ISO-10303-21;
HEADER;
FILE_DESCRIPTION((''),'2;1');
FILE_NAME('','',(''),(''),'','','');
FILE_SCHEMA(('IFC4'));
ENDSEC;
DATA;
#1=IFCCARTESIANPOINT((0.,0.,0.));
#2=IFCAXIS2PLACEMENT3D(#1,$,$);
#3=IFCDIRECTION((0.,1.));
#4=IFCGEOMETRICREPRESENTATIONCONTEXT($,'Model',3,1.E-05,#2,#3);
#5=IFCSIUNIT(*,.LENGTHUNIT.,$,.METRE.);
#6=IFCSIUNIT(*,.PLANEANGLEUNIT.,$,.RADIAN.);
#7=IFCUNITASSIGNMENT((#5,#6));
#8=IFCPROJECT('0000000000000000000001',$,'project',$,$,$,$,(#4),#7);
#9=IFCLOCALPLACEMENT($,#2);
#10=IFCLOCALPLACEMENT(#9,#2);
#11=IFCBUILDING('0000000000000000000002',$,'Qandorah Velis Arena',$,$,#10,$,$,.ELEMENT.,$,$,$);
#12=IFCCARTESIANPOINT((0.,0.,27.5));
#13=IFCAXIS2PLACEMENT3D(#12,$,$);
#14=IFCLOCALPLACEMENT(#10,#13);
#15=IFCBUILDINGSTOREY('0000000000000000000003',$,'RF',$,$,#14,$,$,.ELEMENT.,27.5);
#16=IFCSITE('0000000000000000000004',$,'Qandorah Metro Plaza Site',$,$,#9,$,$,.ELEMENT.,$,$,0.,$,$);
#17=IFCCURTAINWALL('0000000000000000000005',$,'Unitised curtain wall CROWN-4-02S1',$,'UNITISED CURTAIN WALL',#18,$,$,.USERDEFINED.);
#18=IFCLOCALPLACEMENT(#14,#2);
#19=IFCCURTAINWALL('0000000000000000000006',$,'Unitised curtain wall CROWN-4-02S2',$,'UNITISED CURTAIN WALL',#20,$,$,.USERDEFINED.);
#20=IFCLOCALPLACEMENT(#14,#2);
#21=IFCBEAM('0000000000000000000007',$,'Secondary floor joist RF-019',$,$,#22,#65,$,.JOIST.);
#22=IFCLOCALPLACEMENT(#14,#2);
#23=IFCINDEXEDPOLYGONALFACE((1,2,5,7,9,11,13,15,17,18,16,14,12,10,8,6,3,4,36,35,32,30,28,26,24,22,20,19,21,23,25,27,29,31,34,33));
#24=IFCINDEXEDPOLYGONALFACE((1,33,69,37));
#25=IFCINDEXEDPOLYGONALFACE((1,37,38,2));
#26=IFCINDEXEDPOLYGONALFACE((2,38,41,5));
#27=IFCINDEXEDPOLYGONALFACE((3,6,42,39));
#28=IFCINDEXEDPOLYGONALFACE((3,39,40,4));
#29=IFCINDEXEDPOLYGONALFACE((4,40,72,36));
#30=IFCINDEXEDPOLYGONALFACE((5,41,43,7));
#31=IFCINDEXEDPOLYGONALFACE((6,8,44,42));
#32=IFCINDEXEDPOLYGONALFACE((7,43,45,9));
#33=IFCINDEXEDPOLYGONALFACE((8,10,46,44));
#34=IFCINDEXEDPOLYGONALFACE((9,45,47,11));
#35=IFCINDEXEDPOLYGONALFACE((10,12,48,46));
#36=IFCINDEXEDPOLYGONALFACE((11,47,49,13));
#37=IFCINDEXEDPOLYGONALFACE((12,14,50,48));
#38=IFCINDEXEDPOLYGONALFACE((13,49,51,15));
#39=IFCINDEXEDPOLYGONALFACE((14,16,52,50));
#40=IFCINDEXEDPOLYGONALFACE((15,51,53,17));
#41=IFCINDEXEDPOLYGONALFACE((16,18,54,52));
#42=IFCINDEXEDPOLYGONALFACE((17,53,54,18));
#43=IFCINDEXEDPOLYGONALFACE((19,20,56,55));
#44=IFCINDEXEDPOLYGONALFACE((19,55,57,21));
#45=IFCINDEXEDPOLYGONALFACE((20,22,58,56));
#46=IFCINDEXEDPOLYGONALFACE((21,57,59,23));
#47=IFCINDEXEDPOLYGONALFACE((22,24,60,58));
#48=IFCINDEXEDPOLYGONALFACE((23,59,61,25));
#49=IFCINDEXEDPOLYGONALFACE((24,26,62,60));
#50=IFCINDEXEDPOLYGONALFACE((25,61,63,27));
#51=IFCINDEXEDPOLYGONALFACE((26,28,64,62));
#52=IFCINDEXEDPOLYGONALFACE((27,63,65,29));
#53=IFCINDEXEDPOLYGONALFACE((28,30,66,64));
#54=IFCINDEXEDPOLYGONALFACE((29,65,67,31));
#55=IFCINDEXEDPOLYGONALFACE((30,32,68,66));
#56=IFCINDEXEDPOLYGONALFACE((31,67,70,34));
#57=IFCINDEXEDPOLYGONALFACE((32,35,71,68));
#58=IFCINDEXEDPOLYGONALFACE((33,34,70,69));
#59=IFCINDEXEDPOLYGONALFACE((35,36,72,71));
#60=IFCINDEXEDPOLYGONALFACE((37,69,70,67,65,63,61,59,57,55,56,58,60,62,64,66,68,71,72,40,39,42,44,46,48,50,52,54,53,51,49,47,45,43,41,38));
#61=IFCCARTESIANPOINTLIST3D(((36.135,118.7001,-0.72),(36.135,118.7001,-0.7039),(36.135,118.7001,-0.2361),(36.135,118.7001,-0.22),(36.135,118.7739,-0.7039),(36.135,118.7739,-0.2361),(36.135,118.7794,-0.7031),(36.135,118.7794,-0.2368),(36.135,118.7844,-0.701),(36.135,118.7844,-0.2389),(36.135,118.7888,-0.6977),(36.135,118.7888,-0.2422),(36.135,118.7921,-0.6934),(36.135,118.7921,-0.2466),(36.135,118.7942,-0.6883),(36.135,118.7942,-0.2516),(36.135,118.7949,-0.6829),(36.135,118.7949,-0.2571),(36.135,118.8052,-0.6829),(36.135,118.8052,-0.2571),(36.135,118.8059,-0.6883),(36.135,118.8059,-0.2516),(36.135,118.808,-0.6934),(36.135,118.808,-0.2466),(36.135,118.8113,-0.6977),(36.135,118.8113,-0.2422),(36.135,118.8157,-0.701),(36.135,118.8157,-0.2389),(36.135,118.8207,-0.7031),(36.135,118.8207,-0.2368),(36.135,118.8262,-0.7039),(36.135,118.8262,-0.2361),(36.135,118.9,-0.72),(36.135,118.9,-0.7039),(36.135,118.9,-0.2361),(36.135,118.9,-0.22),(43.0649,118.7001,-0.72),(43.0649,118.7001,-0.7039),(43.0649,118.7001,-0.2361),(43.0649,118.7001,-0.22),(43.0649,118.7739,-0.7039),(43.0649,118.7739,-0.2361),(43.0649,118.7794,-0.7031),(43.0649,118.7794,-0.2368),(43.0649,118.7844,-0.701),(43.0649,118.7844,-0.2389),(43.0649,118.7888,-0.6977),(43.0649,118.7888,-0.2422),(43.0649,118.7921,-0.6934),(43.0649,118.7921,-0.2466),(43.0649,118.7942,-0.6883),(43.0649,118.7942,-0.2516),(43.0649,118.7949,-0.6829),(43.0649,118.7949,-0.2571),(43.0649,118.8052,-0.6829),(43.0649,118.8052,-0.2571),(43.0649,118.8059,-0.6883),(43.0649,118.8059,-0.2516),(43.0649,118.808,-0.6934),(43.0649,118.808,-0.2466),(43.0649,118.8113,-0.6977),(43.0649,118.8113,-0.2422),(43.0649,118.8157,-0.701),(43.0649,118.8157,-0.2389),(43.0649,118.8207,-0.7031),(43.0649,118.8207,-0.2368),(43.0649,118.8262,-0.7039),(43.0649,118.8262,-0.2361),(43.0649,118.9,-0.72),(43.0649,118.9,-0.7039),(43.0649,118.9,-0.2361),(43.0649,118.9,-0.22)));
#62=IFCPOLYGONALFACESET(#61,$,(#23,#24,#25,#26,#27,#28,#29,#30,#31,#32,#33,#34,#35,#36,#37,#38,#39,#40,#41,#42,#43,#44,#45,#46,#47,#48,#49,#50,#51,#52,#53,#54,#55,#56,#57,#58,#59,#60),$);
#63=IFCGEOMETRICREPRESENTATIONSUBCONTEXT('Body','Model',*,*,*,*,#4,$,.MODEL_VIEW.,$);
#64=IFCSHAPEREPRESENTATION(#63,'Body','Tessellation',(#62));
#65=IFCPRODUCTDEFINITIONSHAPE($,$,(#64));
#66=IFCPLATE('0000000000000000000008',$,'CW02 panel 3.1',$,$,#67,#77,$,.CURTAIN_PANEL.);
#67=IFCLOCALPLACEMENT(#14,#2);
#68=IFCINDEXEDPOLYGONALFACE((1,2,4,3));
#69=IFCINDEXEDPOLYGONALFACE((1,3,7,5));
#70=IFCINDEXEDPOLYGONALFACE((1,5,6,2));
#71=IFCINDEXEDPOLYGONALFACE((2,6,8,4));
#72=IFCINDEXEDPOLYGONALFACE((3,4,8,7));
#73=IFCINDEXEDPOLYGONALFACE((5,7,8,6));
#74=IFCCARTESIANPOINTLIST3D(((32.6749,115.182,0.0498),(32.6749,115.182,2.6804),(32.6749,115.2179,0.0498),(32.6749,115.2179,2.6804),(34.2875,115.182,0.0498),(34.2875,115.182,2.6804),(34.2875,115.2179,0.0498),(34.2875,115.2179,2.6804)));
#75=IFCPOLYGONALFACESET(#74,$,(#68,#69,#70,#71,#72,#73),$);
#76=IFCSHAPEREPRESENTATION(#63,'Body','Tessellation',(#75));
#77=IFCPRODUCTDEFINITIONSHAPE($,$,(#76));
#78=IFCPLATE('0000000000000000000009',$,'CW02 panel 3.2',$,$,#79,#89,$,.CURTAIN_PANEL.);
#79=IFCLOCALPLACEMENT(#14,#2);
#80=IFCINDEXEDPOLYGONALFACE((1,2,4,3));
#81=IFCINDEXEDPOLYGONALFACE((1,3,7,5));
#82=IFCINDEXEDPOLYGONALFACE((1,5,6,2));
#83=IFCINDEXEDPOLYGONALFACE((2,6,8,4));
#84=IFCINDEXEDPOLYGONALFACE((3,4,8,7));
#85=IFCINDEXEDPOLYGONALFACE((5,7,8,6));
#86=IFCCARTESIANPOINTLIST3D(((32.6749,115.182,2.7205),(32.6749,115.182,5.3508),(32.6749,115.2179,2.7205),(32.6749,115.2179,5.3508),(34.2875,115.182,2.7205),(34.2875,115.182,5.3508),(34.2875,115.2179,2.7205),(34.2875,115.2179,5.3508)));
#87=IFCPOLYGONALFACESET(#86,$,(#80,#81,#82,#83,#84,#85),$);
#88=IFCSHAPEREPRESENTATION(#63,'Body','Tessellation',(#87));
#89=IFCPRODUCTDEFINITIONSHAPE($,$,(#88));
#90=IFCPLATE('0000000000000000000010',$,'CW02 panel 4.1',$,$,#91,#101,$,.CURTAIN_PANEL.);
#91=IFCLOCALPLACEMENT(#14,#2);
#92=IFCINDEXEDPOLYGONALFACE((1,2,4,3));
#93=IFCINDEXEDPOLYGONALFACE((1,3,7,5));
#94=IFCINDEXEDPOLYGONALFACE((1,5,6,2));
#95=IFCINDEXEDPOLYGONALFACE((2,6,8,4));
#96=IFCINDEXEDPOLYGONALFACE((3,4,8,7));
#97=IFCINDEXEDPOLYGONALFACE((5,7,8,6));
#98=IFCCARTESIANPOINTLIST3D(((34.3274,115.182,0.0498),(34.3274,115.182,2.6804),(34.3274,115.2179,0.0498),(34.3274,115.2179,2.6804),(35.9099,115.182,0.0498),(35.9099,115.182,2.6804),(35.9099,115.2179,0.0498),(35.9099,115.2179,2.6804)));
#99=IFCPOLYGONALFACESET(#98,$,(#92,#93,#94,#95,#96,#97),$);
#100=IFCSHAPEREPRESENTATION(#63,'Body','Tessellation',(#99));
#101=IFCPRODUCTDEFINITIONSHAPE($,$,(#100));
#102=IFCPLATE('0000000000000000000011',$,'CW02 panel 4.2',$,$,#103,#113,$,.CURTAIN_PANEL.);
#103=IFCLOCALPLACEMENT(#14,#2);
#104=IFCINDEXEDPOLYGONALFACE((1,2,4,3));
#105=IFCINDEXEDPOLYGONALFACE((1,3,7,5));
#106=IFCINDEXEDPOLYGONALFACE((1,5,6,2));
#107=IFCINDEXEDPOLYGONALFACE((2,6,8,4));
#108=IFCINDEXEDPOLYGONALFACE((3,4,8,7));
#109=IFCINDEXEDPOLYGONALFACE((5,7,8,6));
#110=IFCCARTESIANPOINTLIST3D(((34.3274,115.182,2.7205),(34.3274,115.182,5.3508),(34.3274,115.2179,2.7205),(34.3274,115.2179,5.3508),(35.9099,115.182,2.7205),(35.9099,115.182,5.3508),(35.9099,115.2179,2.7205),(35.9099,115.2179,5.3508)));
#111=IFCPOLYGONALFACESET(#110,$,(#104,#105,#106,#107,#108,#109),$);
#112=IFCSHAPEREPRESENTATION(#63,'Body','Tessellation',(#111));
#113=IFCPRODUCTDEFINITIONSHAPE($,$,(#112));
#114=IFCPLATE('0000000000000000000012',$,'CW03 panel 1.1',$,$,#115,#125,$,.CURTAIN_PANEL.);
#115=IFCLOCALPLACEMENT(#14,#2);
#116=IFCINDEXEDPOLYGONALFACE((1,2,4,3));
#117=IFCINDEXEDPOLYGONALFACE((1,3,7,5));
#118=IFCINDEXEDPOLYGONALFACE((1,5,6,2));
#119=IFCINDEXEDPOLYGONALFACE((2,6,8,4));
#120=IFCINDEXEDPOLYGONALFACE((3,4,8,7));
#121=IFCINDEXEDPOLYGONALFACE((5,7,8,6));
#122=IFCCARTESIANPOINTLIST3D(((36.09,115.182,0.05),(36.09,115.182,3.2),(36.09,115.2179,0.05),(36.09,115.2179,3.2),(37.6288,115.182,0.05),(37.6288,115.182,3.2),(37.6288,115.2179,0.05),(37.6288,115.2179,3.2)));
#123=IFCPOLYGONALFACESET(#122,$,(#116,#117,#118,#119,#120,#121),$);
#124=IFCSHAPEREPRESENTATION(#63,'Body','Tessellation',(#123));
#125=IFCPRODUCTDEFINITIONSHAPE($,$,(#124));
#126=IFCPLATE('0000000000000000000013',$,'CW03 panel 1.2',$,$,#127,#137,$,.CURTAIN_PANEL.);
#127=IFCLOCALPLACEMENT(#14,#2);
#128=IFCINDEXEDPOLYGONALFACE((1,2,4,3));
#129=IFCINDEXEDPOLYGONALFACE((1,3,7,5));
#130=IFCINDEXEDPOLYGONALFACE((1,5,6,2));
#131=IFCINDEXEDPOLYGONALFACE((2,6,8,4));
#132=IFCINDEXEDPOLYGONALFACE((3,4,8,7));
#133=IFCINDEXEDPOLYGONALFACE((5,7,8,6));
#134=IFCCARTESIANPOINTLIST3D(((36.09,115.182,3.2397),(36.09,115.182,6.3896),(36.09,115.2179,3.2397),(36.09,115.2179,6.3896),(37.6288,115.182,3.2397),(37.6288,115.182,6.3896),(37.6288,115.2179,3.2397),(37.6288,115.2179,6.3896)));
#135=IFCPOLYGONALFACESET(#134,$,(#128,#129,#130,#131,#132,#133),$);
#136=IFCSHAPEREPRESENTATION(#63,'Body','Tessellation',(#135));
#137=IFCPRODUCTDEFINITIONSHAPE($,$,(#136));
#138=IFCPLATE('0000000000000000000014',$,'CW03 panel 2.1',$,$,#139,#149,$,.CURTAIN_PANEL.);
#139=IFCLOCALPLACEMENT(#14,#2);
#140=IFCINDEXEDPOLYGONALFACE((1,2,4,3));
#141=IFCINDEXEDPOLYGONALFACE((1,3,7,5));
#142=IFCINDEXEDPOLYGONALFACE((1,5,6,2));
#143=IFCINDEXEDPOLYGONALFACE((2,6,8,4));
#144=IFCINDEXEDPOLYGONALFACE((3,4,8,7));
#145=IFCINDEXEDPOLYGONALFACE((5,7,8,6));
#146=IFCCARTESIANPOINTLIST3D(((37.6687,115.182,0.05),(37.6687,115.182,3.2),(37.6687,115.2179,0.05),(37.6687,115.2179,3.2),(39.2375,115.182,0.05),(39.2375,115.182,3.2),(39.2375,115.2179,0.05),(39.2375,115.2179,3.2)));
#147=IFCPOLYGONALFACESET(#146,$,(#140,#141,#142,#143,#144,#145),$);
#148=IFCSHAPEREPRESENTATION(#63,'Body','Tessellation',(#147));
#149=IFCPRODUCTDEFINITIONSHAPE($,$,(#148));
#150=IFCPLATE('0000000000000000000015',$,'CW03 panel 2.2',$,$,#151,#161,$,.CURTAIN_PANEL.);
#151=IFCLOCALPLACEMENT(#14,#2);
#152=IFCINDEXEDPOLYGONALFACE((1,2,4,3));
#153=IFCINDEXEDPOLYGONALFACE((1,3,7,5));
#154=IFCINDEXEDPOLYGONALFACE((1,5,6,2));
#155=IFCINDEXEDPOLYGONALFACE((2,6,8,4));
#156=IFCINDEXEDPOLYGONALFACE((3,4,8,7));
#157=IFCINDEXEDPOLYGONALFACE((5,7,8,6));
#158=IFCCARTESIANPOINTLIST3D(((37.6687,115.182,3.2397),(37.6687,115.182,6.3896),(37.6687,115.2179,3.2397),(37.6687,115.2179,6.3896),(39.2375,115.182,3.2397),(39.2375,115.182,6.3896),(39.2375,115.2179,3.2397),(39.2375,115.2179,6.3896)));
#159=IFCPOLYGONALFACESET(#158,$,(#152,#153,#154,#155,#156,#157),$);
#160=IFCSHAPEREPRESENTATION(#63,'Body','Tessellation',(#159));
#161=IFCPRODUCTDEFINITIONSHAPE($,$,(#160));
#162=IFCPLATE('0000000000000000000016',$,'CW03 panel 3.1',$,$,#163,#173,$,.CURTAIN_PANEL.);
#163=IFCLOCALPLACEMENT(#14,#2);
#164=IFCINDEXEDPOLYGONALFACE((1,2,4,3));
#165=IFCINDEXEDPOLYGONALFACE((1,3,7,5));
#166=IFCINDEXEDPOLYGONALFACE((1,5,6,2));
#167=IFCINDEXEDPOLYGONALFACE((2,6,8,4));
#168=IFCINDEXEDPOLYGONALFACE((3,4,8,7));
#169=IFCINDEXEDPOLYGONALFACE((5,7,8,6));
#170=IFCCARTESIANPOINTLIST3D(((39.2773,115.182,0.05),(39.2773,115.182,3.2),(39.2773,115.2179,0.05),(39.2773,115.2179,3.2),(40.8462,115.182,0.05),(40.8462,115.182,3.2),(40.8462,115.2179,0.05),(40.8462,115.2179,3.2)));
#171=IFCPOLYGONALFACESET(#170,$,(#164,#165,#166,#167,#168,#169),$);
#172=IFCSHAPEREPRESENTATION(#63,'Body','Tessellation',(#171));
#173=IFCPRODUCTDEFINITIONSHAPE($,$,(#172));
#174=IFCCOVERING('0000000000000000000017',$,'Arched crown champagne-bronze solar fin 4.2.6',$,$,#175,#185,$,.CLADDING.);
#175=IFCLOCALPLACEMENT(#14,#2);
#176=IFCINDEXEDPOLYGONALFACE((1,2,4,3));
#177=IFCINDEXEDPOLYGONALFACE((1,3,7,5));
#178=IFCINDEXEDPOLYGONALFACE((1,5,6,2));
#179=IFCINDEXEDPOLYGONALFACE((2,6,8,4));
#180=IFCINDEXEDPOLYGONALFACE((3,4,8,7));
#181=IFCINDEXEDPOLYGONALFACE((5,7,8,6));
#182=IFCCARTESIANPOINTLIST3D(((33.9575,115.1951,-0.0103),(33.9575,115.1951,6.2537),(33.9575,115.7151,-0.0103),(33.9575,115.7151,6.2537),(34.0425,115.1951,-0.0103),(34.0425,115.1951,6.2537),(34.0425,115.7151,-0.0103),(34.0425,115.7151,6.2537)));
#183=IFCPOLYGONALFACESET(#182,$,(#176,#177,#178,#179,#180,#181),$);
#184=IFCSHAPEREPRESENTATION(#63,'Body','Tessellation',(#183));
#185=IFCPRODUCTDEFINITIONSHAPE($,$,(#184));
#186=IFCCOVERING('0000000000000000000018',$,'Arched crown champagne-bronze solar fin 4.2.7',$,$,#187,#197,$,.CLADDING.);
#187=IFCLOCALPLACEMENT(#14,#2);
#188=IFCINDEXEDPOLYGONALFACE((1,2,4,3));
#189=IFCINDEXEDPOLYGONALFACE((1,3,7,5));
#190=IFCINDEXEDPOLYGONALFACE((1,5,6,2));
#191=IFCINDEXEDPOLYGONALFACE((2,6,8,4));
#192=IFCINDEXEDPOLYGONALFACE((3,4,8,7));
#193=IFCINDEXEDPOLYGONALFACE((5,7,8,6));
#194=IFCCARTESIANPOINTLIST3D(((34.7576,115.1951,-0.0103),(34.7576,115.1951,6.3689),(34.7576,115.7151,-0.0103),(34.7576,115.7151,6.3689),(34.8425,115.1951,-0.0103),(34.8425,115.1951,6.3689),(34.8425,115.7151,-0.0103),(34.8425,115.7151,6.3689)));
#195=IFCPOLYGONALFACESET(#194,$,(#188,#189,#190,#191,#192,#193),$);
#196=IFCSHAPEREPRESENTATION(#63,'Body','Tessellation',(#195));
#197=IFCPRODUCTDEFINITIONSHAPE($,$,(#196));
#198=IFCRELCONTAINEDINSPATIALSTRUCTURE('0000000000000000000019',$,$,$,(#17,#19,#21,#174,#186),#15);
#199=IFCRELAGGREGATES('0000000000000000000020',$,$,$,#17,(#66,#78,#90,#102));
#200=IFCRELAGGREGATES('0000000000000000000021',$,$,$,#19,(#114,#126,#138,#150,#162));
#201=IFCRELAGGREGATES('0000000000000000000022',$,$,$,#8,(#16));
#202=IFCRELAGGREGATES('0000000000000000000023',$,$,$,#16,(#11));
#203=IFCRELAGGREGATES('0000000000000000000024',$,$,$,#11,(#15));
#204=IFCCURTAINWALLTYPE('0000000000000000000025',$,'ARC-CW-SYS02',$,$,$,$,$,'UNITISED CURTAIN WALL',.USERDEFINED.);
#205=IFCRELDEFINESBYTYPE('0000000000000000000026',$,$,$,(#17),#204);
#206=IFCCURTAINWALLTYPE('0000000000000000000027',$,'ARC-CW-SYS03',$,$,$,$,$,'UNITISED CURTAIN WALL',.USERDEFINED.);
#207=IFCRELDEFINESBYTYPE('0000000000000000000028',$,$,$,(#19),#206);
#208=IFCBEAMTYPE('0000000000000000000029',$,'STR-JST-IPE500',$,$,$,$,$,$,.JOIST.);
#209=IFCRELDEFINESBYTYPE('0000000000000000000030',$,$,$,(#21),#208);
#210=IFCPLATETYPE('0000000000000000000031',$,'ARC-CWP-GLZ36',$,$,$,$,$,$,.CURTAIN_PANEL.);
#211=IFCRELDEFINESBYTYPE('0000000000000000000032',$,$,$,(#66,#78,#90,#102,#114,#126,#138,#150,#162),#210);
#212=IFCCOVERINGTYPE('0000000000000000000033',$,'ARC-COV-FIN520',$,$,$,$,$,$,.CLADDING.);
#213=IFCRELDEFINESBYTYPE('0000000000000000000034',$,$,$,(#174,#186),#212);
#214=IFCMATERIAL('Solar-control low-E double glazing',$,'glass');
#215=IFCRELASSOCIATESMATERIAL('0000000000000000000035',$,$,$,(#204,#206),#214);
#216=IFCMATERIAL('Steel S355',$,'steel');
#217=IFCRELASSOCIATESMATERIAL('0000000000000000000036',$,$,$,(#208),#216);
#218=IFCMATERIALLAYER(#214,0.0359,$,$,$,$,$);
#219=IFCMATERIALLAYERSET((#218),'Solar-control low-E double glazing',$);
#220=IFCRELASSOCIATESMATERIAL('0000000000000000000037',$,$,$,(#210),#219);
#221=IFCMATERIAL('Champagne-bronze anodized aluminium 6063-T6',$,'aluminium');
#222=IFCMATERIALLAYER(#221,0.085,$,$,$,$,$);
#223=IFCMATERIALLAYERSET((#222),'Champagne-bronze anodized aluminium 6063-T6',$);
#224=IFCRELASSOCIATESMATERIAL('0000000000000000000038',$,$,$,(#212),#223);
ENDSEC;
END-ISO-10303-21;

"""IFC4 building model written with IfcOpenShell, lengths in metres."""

from ifc_helpers import new_model, si_unit, direction, frame, origin, origin_2d, place, context, subcontext, project, spatial, rectangle, i_section, extrude, material, layer, layer_set, material_profile, profile_set, type_object, element, aggregate, save


model = new_model("IFC4")

# Units and contexts
model_context = context("Model", 3, precision=1e-05, world=origin(), true_north=direction((0.0, 1.0)))
body_context = subcontext(model_context, "Body", "Model", "MODEL_VIEW")
ifc_project = project(units=[si_unit("LENGTHUNIT", "METRE"), si_unit("PLANEANGLEUNIT", "RADIAN")], contexts=[model_context])

# Site, building, storey
site_placement = place(None, origin())
site = spatial("IfcSite", under=ifc_project, at=site_placement, Name="Qandorah Metro Plaza Site", CompositionType="ELEMENT", RefElevation=0.0)
building_placement = place(site_placement, origin())
building = spatial("IfcBuilding", under=site, at=building_placement, Name="Qandorah Velis Arena", CompositionType="ELEMENT")
storey_placement = place(building_placement, frame((0.0, 0.0, 27.5)))
storey = spatial("IfcBuildingStorey", under=building, at=storey_placement, Name="RF", CompositionType="ELEMENT", Elevation=27.5)

# Curtain walls
ifc_material_1 = material(Name="Solar-control low-E double glazing", Category="glass")
curtain_wall_type_1 = type_object("IfcCurtainWallType", Name="ARC-CW-SYS02", ElementType="UNITISED CURTAIN WALL", PredefinedType="USERDEFINED", material=ifc_material_1)
curtain_wall_1_placement = place(storey_placement, origin())
curtain_wall_1 = element("IfcCurtainWall", 1, at=curtain_wall_1_placement, inside=storey, type_object=curtain_wall_type_1, Name="Unitised curtain wall CROWN-4-02S1", ObjectType="UNITISED CURTAIN WALL", PredefinedType="USERDEFINED")
ifc_material_2 = material(Name="Champagne-bronze anodized aluminium 6063-T6", Category="aluminium")
curtain_wall_type_2 = type_object("IfcCurtainWallType", Name="ARC-CW-SYS03", ElementType="UNITISED CURTAIN WALL", PredefinedType="USERDEFINED", material=ifc_material_1)
curtain_wall_2_placement = place(storey_placement, origin())
curtain_wall_2 = element("IfcCurtainWall", 2, at=curtain_wall_2_placement, inside=storey, type_object=curtain_wall_type_2, Name="Unitised curtain wall CROWN-4-02S2", ObjectType="UNITISED CURTAIN WALL", PredefinedType="USERDEFINED")

# Beam
ifc_material_3 = material(Name="Steel S355", Category="steel")
ifc_material_profile_1 = material_profile(ifc_material_3, i_section(OverallWidth=0.2, OverallDepth=0.5, WebThickness=0.0103, FlangeThickness=0.0161, FilletRadius=0.021, at=origin_2d()), Name="IPE 500")
ifc_profile_set_1 = profile_set([ifc_material_profile_1], Name="Steel S355")
beam_type_1 = type_object("IfcBeamType", Name="STR-JST-IPE500", PredefinedType="JOIST", material=ifc_profile_set_1)
beam_1_placement = place(storey_placement, frame((36.135, 118.8, -0.47), z_axis=(1.0, 0.0, 0.0), x_axis=(0.0, 1.0, 0.0)))
element("IfcBeam", 3, at=beam_1_placement, inside=storey, type_object=beam_type_1, Name="Secondary floor joist RF-019", PredefinedType="JOIST", context=body_context, shape_type="SweptSolid", body=[
    extrude(i_section(OverallWidth=0.2, OverallDepth=0.5, WebThickness=0.0103, FlangeThickness=0.0161, FilletRadius=0.021, at=origin_2d()), origin(), (0.0, 0.0, 1.0), 6.9299),
])

# Plates
ifc_layer_1 = layer(ifc_material_1, 0.0359)
ifc_layer_set_1 = layer_set([ifc_layer_1], Name="Solar-control low-E double glazing")
plate_type = type_object("IfcPlateType", Name="ARC-CWP-GLZ36", PredefinedType="CURTAIN_PANEL", material=ifc_layer_set_1)
plate_1_placement = place(storey_placement, frame((33.4812, 115.2, 0.0498), z_axis=(0.0, 0.0, 1.0), x_axis=(1.0, 0.0, 0.0)))
plate_1 = element("IfcPlate", 4, at=plate_1_placement, type_object=plate_type, Name="CW02 panel 3.1", PredefinedType="CURTAIN_PANEL", context=body_context, shape_type="SweptSolid", body=[
    extrude(rectangle(XDim=1.6125, YDim=0.0359, at=origin_2d()), origin(), (0.0, 0.0, 1.0), 2.6306),
])
plate_2_placement = place(storey_placement, frame((33.4812, 115.2, 2.7205), z_axis=(0.0, 0.0, 1.0), x_axis=(1.0, 0.0, 0.0)))
plate_2 = element("IfcPlate", 5, at=plate_2_placement, type_object=plate_type, Name="CW02 panel 3.2", PredefinedType="CURTAIN_PANEL", context=body_context, shape_type="SweptSolid", body=[
    extrude(rectangle(XDim=1.6125, YDim=0.0359, at=origin_2d()), origin(), (0.0, 0.0, 1.0), 2.6304),
])
plate_3_placement = place(storey_placement, frame((35.1187, 115.2, 0.0498), z_axis=(0.0, 0.0, 1.0), x_axis=(1.0, 0.0, 0.0)))
plate_3 = element("IfcPlate", 6, at=plate_3_placement, type_object=plate_type, Name="CW02 panel 4.1", PredefinedType="CURTAIN_PANEL", context=body_context, shape_type="SweptSolid", body=[
    extrude(rectangle(XDim=1.5825, YDim=0.0359, at=origin_2d()), origin(), (0.0, 0.0, 1.0), 2.6306),
])
plate_4_placement = place(storey_placement, frame((35.1187, 115.2, 2.7205), z_axis=(0.0, 0.0, 1.0), x_axis=(1.0, 0.0, 0.0)))
plate_4 = element("IfcPlate", 7, at=plate_4_placement, type_object=plate_type, Name="CW02 panel 4.2", PredefinedType="CURTAIN_PANEL", context=body_context, shape_type="SweptSolid", body=[
    extrude(rectangle(XDim=1.5825, YDim=0.0359, at=origin_2d()), origin(), (0.0, 0.0, 1.0), 2.6304),
])
aggregate(curtain_wall_1, [plate_1, plate_2, plate_3, plate_4])
plate_5_placement = place(storey_placement, frame((36.8594, 115.2, 0.05), z_axis=(0.0, 0.0, 1.0), x_axis=(1.0, 0.0, 0.0)))
plate_5 = element("IfcPlate", 8, at=plate_5_placement, type_object=plate_type, Name="CW03 panel 1.1", PredefinedType="CURTAIN_PANEL", context=body_context, shape_type="SweptSolid", body=[
    extrude(rectangle(XDim=1.5388, YDim=0.0359, at=origin_2d()), origin(), (0.0, 0.0, 1.0), 3.1499),
])
plate_6_placement = place(storey_placement, frame((36.8594, 115.2, 3.2397), z_axis=(0.0, 0.0, 1.0), x_axis=(1.0, 0.0, 0.0)))
plate_6 = element("IfcPlate", 9, at=plate_6_placement, type_object=plate_type, Name="CW03 panel 1.2", PredefinedType="CURTAIN_PANEL", context=body_context, shape_type="SweptSolid", body=[
    extrude(rectangle(XDim=1.5388, YDim=0.0359, at=origin_2d()), origin(), (0.0, 0.0, 1.0), 3.1499),
])
plate_7_placement = place(storey_placement, frame((38.4531, 115.2, 0.05), z_axis=(0.0, 0.0, 1.0), x_axis=(1.0, 0.0, 0.0)))
plate_7 = element("IfcPlate", 10, at=plate_7_placement, type_object=plate_type, Name="CW03 panel 2.1", PredefinedType="CURTAIN_PANEL", context=body_context, shape_type="SweptSolid", body=[
    extrude(rectangle(XDim=1.5688, YDim=0.0359, at=origin_2d()), origin(), (0.0, 0.0, 1.0), 3.1499),
])
plate_8_placement = place(storey_placement, frame((38.4531, 115.2, 3.2397), z_axis=(0.0, 0.0, 1.0), x_axis=(1.0, 0.0, 0.0)))
plate_8 = element("IfcPlate", 11, at=plate_8_placement, type_object=plate_type, Name="CW03 panel 2.2", PredefinedType="CURTAIN_PANEL", context=body_context, shape_type="SweptSolid", body=[
    extrude(rectangle(XDim=1.5688, YDim=0.0359, at=origin_2d()), origin(), (0.0, 0.0, 1.0), 3.1499),
])
plate_9_placement = place(storey_placement, frame((40.0618, 115.2, 0.05), z_axis=(0.0, 0.0, 1.0), x_axis=(1.0, 0.0, 0.0)))
plate_9 = element("IfcPlate", 12, at=plate_9_placement, type_object=plate_type, Name="CW03 panel 3.1", PredefinedType="CURTAIN_PANEL", context=body_context, shape_type="SweptSolid", body=[
    extrude(rectangle(XDim=1.5688, YDim=0.0359, at=origin_2d()), origin(), (0.0, 0.0, 1.0), 3.1499),
])
aggregate(curtain_wall_2, [plate_5, plate_6, plate_7, plate_8, plate_9])

# Coverings
ifc_layer_2 = layer(ifc_material_2, 0.085)
ifc_layer_set_2 = layer_set([ifc_layer_2], Name="Champagne-bronze anodized aluminium 6063-T6")
covering_type = type_object("IfcCoveringType", Name="ARC-COV-FIN520", PredefinedType="CLADDING", material=ifc_layer_set_2)
covering_1_placement = place(storey_placement, frame((34.0, 115.4551, -0.0103), z_axis=(0.0, 0.0, 1.0), x_axis=(1.0, 0.0, 0.0)))
element("IfcCovering", 13, at=covering_1_placement, inside=storey, type_object=covering_type, Name="Arched crown champagne-bronze solar fin 4.2.6", PredefinedType="CLADDING", context=body_context, shape_type="SweptSolid", body=[
    extrude(rectangle(XDim=0.085, YDim=0.52, at=origin_2d()), origin(), (0.0, 0.0, 1.0), 6.2639),
])
covering_2_placement = place(storey_placement, frame((34.8, 115.4551, -0.0103), z_axis=(0.0, 0.0, 1.0), x_axis=(1.0, 0.0, 0.0)))
element("IfcCovering", 14, at=covering_2_placement, inside=storey, type_object=covering_type, Name="Arched crown champagne-bronze solar fin 4.2.7", PredefinedType="CLADDING", context=body_context, shape_type="SweptSolid", body=[
    extrude(rectangle(XDim=0.085, YDim=0.52, at=origin_2d()), origin(), (0.0, 0.0, 1.0), 6.3792),
])

save(model, "model.ifc")
